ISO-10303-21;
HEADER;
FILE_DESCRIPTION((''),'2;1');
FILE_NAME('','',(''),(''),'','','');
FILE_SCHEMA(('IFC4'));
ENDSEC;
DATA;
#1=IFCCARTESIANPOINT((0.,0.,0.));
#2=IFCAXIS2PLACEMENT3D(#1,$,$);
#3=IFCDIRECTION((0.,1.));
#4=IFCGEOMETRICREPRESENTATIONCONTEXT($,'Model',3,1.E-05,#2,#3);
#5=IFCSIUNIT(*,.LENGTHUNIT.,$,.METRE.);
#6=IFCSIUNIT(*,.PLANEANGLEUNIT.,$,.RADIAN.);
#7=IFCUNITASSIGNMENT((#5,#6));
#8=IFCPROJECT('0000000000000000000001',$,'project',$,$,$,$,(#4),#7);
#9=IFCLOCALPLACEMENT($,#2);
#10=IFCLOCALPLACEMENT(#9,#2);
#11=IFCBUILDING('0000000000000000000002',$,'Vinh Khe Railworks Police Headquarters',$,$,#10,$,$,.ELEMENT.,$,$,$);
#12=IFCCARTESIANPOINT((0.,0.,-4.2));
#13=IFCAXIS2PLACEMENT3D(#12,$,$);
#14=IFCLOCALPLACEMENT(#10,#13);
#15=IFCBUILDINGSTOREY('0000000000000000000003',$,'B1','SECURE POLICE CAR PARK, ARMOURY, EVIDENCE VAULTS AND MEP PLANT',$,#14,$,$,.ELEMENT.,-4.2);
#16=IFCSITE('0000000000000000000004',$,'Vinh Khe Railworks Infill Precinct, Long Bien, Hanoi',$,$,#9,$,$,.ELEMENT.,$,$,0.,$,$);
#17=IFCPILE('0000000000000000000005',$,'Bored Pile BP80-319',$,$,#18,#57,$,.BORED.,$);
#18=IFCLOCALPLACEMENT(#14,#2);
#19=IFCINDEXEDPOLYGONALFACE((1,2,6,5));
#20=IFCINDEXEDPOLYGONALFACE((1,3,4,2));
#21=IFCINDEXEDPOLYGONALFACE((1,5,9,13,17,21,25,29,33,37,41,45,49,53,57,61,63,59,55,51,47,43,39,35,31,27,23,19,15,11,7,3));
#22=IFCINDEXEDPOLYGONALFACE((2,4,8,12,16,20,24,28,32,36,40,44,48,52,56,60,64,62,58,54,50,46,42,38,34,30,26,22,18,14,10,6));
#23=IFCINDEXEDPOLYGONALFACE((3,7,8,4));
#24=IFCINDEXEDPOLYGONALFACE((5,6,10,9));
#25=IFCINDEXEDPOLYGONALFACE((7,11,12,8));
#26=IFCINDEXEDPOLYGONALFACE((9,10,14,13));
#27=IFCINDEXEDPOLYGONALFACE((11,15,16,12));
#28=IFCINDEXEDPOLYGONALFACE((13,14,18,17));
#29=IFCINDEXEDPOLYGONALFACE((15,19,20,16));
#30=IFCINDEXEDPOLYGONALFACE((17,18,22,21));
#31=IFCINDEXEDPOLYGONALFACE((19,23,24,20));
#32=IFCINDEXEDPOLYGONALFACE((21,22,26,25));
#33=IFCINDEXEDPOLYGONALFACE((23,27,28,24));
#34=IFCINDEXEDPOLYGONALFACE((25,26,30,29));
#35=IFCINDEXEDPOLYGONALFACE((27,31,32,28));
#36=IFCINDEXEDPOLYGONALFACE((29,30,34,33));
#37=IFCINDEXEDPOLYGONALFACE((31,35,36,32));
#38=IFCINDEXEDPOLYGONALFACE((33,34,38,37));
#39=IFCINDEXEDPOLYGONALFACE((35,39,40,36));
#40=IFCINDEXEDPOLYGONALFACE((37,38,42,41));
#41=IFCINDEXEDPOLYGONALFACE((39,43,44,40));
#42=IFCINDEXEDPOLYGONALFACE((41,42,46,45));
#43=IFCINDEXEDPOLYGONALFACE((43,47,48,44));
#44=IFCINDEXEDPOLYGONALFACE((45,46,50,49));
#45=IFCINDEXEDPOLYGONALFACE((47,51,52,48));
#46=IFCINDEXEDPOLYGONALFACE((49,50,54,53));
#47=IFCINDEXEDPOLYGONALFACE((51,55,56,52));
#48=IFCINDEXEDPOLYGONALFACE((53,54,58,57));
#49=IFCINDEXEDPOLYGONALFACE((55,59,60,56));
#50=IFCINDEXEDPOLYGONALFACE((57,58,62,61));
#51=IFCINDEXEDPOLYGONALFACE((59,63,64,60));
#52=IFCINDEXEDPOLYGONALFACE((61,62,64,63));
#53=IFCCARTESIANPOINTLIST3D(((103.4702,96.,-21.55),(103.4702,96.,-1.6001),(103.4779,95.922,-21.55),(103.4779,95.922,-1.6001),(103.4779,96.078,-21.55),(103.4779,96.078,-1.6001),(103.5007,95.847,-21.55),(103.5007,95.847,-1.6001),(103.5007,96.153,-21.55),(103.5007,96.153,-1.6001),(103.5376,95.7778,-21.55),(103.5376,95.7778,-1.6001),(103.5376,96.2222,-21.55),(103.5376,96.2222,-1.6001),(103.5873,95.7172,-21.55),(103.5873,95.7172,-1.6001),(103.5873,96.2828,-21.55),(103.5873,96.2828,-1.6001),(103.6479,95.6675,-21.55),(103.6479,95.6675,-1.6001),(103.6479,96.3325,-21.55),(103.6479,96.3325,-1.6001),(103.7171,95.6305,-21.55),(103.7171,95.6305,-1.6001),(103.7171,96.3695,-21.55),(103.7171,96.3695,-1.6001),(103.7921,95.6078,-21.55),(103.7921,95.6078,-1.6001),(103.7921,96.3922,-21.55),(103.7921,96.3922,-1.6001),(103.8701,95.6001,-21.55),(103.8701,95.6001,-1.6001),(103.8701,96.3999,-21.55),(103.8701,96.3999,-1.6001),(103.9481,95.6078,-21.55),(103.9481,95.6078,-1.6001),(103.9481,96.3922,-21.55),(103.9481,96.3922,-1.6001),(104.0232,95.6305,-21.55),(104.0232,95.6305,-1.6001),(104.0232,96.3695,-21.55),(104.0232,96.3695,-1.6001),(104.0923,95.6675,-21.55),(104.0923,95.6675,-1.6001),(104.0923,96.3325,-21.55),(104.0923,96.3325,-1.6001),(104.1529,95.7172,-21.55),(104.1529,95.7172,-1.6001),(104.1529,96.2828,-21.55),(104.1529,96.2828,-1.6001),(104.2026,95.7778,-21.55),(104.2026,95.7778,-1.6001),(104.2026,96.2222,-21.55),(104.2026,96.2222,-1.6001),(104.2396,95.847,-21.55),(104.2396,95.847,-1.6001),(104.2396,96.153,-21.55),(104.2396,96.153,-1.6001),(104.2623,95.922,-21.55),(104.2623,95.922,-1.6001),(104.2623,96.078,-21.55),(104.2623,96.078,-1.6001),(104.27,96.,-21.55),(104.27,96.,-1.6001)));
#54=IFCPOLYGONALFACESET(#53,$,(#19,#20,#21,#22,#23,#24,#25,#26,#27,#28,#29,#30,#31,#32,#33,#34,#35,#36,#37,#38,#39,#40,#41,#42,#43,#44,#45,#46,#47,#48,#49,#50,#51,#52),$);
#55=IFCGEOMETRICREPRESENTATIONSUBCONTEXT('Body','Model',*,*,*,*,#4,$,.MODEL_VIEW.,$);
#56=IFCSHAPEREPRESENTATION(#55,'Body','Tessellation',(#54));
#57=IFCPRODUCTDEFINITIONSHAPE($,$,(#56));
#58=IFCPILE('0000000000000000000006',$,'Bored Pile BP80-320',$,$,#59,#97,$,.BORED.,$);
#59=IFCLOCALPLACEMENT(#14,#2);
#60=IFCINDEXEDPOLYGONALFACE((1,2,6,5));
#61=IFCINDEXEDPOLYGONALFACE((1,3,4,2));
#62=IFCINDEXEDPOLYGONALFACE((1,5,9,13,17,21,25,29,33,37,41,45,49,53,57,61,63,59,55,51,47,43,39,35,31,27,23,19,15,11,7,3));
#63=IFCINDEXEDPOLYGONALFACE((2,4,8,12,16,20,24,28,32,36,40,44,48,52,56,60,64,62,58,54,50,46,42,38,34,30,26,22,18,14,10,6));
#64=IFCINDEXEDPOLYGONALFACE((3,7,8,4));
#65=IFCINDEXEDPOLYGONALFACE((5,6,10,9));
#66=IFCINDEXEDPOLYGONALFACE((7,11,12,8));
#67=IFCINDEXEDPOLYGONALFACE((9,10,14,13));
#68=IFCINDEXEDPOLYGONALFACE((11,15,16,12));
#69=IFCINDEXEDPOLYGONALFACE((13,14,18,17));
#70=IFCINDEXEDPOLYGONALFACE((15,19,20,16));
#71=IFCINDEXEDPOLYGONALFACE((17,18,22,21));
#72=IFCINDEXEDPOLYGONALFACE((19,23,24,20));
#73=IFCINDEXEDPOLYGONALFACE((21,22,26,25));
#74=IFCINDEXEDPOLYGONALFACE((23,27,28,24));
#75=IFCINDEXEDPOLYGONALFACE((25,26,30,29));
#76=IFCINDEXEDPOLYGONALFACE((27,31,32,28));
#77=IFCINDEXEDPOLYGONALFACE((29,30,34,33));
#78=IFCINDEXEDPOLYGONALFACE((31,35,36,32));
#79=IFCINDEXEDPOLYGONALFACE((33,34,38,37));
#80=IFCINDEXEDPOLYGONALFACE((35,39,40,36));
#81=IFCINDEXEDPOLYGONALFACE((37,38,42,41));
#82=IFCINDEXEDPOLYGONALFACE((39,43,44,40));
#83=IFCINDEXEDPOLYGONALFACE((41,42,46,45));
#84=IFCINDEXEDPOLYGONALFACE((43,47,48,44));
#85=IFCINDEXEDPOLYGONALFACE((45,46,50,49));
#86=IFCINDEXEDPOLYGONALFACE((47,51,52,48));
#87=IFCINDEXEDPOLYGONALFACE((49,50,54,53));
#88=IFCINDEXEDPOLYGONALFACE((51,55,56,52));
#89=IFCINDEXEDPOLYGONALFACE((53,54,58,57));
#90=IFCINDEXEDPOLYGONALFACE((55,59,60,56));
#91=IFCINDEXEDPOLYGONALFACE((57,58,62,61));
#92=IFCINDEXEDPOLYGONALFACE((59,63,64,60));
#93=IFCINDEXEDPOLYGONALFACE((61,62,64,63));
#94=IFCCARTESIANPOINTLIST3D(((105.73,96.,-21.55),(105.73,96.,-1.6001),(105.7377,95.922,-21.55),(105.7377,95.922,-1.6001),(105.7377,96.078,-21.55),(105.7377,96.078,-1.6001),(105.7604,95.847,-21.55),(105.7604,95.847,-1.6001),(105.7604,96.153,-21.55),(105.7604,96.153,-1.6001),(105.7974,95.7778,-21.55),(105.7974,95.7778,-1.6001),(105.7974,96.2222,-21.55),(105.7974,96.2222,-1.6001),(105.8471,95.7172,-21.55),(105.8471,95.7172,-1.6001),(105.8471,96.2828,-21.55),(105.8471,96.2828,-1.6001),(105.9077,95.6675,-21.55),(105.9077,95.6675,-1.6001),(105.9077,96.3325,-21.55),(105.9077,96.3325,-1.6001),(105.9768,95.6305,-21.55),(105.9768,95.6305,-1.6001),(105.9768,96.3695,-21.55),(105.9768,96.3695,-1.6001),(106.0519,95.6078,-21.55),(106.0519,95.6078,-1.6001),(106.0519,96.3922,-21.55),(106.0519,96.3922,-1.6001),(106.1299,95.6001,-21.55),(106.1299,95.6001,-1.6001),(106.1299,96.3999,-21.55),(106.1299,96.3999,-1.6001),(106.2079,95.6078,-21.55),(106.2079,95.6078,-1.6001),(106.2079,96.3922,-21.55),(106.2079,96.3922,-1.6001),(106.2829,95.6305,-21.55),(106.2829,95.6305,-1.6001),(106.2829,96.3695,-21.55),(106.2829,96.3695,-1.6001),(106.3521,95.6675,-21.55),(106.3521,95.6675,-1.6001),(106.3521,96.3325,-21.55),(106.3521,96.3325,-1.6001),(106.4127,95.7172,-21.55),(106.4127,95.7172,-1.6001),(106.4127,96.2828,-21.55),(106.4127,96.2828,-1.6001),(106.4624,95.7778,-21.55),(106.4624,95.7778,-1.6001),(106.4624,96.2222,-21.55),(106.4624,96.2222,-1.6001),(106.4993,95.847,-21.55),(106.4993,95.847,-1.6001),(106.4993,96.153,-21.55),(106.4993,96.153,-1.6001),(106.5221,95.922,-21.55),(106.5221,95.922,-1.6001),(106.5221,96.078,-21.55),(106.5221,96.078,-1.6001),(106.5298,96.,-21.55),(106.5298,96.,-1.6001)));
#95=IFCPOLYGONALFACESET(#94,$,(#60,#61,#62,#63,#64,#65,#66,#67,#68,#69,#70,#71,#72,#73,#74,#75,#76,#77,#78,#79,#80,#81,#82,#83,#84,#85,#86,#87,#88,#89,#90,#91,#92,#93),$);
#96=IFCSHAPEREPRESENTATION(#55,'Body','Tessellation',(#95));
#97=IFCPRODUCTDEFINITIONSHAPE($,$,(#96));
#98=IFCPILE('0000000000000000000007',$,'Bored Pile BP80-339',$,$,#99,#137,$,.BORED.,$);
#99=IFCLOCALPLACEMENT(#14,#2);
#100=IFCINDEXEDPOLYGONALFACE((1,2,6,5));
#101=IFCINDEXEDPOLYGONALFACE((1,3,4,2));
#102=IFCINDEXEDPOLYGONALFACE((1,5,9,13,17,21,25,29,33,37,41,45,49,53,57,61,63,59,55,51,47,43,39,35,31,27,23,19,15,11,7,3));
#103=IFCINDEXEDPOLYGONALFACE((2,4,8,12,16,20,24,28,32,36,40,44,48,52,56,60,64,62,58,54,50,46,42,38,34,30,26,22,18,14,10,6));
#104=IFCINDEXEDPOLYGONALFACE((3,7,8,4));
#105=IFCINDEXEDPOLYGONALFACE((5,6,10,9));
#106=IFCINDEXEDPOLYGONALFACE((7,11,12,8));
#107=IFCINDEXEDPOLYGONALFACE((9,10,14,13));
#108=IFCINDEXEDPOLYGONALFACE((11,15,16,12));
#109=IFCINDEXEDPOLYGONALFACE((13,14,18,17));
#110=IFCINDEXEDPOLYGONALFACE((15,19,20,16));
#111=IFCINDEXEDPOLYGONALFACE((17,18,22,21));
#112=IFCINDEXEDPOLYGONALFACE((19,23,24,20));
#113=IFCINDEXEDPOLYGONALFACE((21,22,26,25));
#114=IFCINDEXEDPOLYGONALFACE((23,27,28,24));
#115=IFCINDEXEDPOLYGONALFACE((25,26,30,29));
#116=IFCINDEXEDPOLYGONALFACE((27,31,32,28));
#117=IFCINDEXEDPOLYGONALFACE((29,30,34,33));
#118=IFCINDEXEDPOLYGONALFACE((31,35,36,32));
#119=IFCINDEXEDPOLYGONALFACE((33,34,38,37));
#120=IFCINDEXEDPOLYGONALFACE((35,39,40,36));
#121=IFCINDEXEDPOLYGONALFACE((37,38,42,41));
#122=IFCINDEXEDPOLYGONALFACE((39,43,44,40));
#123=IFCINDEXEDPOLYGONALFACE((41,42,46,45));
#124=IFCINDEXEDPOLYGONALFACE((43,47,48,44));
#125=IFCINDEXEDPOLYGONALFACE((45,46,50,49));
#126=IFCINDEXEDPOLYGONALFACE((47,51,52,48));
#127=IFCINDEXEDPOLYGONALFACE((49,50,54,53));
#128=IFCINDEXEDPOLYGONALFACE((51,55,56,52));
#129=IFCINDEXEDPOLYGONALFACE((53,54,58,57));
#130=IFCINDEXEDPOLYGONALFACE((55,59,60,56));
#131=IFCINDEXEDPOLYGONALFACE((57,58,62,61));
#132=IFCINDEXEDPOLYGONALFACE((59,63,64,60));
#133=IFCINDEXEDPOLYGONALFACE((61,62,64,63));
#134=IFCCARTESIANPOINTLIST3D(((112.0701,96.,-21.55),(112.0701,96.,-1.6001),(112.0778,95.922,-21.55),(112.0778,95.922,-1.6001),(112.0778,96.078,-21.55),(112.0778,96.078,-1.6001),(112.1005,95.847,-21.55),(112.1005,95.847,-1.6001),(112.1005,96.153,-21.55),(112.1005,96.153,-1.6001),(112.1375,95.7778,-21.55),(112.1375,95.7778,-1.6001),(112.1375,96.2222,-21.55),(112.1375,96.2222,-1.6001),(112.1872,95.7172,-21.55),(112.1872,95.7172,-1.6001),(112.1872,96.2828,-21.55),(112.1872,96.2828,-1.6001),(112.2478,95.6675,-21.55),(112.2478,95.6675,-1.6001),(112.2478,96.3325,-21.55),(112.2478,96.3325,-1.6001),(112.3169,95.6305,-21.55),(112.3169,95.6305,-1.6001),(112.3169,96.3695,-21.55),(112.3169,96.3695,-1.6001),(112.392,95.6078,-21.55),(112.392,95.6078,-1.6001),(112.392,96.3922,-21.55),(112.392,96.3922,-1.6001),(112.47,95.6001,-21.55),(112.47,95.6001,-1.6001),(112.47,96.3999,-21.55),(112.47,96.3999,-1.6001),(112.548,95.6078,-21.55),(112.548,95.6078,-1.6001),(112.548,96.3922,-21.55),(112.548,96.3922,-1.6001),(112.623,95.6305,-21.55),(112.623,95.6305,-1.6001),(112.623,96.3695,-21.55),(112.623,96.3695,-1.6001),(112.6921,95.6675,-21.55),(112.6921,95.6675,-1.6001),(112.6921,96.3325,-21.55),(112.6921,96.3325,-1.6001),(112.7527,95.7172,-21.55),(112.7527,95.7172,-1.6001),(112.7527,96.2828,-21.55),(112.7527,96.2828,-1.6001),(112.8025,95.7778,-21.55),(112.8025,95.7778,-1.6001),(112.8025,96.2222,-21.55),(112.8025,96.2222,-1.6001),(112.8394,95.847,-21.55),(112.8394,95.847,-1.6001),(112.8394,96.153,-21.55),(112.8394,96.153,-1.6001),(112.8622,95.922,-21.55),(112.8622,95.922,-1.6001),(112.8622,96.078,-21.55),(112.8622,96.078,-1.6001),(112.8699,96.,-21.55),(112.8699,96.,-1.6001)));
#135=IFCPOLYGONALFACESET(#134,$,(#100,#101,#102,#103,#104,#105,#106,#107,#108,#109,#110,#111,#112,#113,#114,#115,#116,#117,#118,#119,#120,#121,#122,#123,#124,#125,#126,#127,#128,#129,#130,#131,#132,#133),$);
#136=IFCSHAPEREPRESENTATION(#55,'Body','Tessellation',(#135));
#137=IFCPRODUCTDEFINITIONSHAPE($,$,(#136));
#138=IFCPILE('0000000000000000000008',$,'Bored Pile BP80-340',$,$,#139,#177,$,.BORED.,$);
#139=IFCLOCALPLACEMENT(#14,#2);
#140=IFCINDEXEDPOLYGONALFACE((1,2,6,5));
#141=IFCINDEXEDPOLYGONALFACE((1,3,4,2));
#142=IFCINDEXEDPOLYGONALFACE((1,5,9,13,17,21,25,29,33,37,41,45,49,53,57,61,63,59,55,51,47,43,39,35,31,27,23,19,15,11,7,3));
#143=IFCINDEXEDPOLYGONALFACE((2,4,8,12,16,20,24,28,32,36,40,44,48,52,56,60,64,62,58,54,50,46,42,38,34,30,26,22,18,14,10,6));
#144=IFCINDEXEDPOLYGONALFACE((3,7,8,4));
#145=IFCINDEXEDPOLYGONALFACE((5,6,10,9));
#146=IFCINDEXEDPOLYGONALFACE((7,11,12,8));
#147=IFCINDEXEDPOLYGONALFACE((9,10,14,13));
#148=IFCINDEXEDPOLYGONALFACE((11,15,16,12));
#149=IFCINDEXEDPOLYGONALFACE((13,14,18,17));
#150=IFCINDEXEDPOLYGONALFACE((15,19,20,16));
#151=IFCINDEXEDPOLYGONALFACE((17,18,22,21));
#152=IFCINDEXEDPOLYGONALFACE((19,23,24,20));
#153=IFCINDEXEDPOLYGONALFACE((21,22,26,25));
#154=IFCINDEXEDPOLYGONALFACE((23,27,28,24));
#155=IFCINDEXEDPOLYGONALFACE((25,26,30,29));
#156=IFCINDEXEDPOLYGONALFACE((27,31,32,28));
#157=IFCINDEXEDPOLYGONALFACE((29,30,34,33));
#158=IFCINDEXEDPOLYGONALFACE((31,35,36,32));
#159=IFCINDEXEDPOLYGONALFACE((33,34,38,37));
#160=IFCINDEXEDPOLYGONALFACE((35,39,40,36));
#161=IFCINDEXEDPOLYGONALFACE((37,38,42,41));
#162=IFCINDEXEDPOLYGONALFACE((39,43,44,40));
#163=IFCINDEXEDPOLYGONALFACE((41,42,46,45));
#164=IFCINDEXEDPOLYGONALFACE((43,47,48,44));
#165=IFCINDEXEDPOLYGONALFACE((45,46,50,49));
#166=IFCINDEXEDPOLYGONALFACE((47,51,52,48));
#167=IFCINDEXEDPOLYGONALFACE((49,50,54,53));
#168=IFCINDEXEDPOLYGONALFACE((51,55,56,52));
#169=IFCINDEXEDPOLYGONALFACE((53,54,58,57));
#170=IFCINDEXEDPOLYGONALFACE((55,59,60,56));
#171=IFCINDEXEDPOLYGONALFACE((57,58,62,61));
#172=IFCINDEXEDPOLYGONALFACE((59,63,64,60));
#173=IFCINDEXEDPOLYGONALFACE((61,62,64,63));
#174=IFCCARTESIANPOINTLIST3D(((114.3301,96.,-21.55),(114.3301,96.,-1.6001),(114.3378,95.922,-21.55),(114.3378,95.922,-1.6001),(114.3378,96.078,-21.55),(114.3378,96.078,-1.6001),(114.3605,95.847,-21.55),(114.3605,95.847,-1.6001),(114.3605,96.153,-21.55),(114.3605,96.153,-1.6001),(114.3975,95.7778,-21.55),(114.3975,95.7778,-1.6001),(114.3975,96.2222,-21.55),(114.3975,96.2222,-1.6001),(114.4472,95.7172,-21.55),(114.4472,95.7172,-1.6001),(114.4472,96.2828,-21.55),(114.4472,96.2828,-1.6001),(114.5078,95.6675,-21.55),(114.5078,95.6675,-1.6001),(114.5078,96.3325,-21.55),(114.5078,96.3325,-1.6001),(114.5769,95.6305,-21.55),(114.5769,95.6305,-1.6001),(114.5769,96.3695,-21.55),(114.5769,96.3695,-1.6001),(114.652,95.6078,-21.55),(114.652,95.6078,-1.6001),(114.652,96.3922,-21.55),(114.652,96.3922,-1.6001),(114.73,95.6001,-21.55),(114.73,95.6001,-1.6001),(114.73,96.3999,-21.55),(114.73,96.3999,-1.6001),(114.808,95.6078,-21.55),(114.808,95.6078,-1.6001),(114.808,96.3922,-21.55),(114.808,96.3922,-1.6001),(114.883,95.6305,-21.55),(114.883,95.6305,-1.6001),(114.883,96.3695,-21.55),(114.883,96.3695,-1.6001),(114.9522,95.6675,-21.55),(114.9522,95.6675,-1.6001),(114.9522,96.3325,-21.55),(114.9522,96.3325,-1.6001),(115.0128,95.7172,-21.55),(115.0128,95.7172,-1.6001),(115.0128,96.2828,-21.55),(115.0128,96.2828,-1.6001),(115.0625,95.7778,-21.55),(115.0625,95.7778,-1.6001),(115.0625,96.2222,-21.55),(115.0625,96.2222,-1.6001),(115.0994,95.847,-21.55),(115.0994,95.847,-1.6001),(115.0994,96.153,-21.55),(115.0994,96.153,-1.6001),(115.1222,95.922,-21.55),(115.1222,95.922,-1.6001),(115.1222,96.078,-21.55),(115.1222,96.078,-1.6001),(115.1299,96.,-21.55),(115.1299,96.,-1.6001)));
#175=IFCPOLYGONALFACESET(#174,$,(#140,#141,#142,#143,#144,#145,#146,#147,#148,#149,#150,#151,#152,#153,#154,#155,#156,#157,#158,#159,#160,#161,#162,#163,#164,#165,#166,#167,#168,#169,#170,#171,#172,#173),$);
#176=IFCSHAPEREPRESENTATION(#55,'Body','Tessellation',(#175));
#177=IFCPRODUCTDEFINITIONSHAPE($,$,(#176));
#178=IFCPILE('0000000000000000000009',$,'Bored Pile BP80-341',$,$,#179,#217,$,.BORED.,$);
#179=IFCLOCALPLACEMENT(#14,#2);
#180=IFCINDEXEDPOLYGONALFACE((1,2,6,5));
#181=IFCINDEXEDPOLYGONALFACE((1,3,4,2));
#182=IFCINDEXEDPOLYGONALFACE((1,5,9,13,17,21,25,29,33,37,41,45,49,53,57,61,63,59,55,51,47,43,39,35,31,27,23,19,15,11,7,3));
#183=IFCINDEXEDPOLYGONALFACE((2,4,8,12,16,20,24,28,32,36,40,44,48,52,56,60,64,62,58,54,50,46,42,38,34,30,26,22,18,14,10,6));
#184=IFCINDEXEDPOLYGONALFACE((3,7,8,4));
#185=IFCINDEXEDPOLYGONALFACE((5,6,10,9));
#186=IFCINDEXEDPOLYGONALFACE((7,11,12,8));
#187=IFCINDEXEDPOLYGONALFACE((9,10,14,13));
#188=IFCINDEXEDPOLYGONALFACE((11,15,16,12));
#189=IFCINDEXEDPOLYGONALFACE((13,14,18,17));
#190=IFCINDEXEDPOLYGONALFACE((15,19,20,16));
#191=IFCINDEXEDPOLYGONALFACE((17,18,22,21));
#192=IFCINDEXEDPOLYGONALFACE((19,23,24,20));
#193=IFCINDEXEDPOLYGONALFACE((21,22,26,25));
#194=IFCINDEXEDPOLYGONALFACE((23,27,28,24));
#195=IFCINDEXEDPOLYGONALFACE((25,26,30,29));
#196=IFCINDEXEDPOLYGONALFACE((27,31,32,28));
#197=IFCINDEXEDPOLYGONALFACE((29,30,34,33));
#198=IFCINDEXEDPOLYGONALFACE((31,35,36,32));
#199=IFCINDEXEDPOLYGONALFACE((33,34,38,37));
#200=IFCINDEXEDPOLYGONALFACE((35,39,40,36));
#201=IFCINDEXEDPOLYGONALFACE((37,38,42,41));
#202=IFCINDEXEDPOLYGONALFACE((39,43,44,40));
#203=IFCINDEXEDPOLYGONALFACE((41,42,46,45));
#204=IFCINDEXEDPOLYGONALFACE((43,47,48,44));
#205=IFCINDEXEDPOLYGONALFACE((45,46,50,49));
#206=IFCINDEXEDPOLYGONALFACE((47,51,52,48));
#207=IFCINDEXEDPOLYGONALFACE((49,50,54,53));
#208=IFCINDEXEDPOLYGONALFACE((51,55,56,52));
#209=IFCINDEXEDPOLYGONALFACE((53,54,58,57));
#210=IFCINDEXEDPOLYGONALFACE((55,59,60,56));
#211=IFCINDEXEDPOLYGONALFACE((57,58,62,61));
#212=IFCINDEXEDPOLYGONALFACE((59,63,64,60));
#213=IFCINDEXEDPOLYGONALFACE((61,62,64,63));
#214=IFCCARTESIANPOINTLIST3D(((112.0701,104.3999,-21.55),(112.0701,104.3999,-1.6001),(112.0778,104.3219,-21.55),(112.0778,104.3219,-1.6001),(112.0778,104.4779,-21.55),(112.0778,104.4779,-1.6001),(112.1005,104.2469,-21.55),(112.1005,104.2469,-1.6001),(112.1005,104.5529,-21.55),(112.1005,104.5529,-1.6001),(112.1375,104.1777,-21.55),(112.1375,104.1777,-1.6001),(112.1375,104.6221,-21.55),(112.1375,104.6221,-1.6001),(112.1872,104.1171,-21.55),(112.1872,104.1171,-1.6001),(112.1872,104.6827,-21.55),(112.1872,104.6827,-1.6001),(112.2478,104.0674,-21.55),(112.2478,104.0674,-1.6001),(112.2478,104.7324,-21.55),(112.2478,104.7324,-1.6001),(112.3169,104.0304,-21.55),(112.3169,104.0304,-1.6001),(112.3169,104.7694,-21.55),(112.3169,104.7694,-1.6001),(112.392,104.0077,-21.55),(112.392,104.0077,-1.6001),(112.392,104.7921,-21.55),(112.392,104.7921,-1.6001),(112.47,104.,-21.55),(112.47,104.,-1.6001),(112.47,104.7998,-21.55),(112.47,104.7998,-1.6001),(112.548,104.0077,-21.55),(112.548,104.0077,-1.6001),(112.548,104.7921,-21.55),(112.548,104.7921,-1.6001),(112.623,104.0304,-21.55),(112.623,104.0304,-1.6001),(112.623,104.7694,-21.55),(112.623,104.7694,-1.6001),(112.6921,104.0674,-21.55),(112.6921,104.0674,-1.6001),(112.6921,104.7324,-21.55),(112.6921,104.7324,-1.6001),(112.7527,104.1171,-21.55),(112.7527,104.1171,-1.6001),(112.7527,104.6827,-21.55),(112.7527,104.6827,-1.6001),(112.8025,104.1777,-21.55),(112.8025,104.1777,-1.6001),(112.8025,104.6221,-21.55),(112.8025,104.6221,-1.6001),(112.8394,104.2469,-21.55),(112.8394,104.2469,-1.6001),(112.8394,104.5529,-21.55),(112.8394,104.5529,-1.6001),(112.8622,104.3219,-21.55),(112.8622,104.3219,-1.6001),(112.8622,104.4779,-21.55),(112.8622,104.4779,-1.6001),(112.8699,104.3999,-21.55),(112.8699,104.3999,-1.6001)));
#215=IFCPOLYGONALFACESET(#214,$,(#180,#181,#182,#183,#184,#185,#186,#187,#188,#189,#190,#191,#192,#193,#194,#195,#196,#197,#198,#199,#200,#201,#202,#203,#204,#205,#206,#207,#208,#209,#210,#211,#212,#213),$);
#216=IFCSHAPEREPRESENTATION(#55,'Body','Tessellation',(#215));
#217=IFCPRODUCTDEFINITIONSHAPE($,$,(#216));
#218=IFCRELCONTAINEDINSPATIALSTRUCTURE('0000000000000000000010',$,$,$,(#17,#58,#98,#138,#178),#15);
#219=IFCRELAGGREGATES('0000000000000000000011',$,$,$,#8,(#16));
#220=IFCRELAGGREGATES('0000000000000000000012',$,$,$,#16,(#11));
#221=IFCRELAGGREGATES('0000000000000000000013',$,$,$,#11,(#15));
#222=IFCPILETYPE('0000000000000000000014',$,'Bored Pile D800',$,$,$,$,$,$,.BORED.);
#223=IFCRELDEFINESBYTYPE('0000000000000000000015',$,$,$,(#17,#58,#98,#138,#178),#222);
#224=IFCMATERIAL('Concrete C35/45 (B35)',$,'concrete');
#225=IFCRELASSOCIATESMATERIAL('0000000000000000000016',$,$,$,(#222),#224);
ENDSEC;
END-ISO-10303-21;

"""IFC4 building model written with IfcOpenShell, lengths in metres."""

from ifc_helpers import new_model, si_unit, direction, frame, origin, origin_2d, place, context, subcontext, project, spatial, circle, extrude, material, material_profile, profile_set, type_object, element, save


model = new_model("IFC4")

# Units and contexts
model_context = context("Model", 3, precision=1e-05, world=origin(), true_north=direction((0.0, 1.0)))
body_context = subcontext(model_context, "Body", "Model", "MODEL_VIEW")
ifc_project = project(units=[si_unit("LENGTHUNIT", "METRE"), si_unit("PLANEANGLEUNIT", "RADIAN")], contexts=[model_context])

# Site, building, storey
site_placement = place(None, origin())
site = spatial("IfcSite", under=ifc_project, at=site_placement, Name="Vinh Khe Railworks Infill Precinct, Long Bien, Hanoi", CompositionType="ELEMENT", RefElevation=0.0)
building_placement = place(site_placement, origin())
building = spatial("IfcBuilding", under=site, at=building_placement, Name="Vinh Khe Railworks Police Headquarters", CompositionType="ELEMENT")
storey_placement = place(building_placement, frame((0.0, 0.0, -4.2)))
storey = spatial("IfcBuildingStorey", under=building, at=storey_placement, Name="B1", Description="SECURE POLICE CAR PARK, ARMOURY, EVIDENCE VAULTS AND MEP PLANT", CompositionType="ELEMENT", Elevation=-4.2)

# Piles
ifc_material_1 = material(Name="Concrete C35/45 (B35)", Category="concrete")
ifc_material_profile_1 = material_profile(ifc_material_1, circle(Radius=0.3999, at=origin_2d()), Name="BORED PILE D800")
ifc_profile_set_1 = profile_set([ifc_material_profile_1], Name="Concrete C35/45 (B35)")
pile_type_1 = type_object("IfcPileType", Name="Bored Pile D800", PredefinedType="BORED", material=ifc_profile_set_1)
for number, where, z_axis, x_axis, name in (
    (1, (103.8701, 96.0, -1.6001), (0.0, 0.0, -1.0), (1.0, 0.0, 0.0), "Bored Pile BP80-319"),
    (2, (106.1299, 96.0, -1.6001), (0.0, 0.0, -1.0), (1.0, 0.0, 0.0), "Bored Pile BP80-320"),
    (3, (112.47, 96.0, -1.6001), (0.0, 0.0, -1.0), (1.0, 0.0, 0.0), "Bored Pile BP80-339"),
    (4, (114.73, 96.0, -1.6001), (0.0, 0.0, -1.0), (1.0, 0.0, 0.0), "Bored Pile BP80-340"),
    (5, (112.47, 104.3999, -1.6001), (0.0, 0.0, -1.0), (1.0, 0.0, 0.0), "Bored Pile BP80-341"),
):
    element("IfcPile", number, at=place(storey_placement, frame(where, z_axis=z_axis, x_axis=x_axis)), inside=storey, type_object=pile_type_1, Name=name, PredefinedType="BORED", context=body_context, shape_type="SweptSolid", body=[
        extrude(circle(Radius=0.3999, at=origin_2d()), origin(), (0.0, 0.0, 1.0), 19.95),
    ])

save(model, "model.ifc")
